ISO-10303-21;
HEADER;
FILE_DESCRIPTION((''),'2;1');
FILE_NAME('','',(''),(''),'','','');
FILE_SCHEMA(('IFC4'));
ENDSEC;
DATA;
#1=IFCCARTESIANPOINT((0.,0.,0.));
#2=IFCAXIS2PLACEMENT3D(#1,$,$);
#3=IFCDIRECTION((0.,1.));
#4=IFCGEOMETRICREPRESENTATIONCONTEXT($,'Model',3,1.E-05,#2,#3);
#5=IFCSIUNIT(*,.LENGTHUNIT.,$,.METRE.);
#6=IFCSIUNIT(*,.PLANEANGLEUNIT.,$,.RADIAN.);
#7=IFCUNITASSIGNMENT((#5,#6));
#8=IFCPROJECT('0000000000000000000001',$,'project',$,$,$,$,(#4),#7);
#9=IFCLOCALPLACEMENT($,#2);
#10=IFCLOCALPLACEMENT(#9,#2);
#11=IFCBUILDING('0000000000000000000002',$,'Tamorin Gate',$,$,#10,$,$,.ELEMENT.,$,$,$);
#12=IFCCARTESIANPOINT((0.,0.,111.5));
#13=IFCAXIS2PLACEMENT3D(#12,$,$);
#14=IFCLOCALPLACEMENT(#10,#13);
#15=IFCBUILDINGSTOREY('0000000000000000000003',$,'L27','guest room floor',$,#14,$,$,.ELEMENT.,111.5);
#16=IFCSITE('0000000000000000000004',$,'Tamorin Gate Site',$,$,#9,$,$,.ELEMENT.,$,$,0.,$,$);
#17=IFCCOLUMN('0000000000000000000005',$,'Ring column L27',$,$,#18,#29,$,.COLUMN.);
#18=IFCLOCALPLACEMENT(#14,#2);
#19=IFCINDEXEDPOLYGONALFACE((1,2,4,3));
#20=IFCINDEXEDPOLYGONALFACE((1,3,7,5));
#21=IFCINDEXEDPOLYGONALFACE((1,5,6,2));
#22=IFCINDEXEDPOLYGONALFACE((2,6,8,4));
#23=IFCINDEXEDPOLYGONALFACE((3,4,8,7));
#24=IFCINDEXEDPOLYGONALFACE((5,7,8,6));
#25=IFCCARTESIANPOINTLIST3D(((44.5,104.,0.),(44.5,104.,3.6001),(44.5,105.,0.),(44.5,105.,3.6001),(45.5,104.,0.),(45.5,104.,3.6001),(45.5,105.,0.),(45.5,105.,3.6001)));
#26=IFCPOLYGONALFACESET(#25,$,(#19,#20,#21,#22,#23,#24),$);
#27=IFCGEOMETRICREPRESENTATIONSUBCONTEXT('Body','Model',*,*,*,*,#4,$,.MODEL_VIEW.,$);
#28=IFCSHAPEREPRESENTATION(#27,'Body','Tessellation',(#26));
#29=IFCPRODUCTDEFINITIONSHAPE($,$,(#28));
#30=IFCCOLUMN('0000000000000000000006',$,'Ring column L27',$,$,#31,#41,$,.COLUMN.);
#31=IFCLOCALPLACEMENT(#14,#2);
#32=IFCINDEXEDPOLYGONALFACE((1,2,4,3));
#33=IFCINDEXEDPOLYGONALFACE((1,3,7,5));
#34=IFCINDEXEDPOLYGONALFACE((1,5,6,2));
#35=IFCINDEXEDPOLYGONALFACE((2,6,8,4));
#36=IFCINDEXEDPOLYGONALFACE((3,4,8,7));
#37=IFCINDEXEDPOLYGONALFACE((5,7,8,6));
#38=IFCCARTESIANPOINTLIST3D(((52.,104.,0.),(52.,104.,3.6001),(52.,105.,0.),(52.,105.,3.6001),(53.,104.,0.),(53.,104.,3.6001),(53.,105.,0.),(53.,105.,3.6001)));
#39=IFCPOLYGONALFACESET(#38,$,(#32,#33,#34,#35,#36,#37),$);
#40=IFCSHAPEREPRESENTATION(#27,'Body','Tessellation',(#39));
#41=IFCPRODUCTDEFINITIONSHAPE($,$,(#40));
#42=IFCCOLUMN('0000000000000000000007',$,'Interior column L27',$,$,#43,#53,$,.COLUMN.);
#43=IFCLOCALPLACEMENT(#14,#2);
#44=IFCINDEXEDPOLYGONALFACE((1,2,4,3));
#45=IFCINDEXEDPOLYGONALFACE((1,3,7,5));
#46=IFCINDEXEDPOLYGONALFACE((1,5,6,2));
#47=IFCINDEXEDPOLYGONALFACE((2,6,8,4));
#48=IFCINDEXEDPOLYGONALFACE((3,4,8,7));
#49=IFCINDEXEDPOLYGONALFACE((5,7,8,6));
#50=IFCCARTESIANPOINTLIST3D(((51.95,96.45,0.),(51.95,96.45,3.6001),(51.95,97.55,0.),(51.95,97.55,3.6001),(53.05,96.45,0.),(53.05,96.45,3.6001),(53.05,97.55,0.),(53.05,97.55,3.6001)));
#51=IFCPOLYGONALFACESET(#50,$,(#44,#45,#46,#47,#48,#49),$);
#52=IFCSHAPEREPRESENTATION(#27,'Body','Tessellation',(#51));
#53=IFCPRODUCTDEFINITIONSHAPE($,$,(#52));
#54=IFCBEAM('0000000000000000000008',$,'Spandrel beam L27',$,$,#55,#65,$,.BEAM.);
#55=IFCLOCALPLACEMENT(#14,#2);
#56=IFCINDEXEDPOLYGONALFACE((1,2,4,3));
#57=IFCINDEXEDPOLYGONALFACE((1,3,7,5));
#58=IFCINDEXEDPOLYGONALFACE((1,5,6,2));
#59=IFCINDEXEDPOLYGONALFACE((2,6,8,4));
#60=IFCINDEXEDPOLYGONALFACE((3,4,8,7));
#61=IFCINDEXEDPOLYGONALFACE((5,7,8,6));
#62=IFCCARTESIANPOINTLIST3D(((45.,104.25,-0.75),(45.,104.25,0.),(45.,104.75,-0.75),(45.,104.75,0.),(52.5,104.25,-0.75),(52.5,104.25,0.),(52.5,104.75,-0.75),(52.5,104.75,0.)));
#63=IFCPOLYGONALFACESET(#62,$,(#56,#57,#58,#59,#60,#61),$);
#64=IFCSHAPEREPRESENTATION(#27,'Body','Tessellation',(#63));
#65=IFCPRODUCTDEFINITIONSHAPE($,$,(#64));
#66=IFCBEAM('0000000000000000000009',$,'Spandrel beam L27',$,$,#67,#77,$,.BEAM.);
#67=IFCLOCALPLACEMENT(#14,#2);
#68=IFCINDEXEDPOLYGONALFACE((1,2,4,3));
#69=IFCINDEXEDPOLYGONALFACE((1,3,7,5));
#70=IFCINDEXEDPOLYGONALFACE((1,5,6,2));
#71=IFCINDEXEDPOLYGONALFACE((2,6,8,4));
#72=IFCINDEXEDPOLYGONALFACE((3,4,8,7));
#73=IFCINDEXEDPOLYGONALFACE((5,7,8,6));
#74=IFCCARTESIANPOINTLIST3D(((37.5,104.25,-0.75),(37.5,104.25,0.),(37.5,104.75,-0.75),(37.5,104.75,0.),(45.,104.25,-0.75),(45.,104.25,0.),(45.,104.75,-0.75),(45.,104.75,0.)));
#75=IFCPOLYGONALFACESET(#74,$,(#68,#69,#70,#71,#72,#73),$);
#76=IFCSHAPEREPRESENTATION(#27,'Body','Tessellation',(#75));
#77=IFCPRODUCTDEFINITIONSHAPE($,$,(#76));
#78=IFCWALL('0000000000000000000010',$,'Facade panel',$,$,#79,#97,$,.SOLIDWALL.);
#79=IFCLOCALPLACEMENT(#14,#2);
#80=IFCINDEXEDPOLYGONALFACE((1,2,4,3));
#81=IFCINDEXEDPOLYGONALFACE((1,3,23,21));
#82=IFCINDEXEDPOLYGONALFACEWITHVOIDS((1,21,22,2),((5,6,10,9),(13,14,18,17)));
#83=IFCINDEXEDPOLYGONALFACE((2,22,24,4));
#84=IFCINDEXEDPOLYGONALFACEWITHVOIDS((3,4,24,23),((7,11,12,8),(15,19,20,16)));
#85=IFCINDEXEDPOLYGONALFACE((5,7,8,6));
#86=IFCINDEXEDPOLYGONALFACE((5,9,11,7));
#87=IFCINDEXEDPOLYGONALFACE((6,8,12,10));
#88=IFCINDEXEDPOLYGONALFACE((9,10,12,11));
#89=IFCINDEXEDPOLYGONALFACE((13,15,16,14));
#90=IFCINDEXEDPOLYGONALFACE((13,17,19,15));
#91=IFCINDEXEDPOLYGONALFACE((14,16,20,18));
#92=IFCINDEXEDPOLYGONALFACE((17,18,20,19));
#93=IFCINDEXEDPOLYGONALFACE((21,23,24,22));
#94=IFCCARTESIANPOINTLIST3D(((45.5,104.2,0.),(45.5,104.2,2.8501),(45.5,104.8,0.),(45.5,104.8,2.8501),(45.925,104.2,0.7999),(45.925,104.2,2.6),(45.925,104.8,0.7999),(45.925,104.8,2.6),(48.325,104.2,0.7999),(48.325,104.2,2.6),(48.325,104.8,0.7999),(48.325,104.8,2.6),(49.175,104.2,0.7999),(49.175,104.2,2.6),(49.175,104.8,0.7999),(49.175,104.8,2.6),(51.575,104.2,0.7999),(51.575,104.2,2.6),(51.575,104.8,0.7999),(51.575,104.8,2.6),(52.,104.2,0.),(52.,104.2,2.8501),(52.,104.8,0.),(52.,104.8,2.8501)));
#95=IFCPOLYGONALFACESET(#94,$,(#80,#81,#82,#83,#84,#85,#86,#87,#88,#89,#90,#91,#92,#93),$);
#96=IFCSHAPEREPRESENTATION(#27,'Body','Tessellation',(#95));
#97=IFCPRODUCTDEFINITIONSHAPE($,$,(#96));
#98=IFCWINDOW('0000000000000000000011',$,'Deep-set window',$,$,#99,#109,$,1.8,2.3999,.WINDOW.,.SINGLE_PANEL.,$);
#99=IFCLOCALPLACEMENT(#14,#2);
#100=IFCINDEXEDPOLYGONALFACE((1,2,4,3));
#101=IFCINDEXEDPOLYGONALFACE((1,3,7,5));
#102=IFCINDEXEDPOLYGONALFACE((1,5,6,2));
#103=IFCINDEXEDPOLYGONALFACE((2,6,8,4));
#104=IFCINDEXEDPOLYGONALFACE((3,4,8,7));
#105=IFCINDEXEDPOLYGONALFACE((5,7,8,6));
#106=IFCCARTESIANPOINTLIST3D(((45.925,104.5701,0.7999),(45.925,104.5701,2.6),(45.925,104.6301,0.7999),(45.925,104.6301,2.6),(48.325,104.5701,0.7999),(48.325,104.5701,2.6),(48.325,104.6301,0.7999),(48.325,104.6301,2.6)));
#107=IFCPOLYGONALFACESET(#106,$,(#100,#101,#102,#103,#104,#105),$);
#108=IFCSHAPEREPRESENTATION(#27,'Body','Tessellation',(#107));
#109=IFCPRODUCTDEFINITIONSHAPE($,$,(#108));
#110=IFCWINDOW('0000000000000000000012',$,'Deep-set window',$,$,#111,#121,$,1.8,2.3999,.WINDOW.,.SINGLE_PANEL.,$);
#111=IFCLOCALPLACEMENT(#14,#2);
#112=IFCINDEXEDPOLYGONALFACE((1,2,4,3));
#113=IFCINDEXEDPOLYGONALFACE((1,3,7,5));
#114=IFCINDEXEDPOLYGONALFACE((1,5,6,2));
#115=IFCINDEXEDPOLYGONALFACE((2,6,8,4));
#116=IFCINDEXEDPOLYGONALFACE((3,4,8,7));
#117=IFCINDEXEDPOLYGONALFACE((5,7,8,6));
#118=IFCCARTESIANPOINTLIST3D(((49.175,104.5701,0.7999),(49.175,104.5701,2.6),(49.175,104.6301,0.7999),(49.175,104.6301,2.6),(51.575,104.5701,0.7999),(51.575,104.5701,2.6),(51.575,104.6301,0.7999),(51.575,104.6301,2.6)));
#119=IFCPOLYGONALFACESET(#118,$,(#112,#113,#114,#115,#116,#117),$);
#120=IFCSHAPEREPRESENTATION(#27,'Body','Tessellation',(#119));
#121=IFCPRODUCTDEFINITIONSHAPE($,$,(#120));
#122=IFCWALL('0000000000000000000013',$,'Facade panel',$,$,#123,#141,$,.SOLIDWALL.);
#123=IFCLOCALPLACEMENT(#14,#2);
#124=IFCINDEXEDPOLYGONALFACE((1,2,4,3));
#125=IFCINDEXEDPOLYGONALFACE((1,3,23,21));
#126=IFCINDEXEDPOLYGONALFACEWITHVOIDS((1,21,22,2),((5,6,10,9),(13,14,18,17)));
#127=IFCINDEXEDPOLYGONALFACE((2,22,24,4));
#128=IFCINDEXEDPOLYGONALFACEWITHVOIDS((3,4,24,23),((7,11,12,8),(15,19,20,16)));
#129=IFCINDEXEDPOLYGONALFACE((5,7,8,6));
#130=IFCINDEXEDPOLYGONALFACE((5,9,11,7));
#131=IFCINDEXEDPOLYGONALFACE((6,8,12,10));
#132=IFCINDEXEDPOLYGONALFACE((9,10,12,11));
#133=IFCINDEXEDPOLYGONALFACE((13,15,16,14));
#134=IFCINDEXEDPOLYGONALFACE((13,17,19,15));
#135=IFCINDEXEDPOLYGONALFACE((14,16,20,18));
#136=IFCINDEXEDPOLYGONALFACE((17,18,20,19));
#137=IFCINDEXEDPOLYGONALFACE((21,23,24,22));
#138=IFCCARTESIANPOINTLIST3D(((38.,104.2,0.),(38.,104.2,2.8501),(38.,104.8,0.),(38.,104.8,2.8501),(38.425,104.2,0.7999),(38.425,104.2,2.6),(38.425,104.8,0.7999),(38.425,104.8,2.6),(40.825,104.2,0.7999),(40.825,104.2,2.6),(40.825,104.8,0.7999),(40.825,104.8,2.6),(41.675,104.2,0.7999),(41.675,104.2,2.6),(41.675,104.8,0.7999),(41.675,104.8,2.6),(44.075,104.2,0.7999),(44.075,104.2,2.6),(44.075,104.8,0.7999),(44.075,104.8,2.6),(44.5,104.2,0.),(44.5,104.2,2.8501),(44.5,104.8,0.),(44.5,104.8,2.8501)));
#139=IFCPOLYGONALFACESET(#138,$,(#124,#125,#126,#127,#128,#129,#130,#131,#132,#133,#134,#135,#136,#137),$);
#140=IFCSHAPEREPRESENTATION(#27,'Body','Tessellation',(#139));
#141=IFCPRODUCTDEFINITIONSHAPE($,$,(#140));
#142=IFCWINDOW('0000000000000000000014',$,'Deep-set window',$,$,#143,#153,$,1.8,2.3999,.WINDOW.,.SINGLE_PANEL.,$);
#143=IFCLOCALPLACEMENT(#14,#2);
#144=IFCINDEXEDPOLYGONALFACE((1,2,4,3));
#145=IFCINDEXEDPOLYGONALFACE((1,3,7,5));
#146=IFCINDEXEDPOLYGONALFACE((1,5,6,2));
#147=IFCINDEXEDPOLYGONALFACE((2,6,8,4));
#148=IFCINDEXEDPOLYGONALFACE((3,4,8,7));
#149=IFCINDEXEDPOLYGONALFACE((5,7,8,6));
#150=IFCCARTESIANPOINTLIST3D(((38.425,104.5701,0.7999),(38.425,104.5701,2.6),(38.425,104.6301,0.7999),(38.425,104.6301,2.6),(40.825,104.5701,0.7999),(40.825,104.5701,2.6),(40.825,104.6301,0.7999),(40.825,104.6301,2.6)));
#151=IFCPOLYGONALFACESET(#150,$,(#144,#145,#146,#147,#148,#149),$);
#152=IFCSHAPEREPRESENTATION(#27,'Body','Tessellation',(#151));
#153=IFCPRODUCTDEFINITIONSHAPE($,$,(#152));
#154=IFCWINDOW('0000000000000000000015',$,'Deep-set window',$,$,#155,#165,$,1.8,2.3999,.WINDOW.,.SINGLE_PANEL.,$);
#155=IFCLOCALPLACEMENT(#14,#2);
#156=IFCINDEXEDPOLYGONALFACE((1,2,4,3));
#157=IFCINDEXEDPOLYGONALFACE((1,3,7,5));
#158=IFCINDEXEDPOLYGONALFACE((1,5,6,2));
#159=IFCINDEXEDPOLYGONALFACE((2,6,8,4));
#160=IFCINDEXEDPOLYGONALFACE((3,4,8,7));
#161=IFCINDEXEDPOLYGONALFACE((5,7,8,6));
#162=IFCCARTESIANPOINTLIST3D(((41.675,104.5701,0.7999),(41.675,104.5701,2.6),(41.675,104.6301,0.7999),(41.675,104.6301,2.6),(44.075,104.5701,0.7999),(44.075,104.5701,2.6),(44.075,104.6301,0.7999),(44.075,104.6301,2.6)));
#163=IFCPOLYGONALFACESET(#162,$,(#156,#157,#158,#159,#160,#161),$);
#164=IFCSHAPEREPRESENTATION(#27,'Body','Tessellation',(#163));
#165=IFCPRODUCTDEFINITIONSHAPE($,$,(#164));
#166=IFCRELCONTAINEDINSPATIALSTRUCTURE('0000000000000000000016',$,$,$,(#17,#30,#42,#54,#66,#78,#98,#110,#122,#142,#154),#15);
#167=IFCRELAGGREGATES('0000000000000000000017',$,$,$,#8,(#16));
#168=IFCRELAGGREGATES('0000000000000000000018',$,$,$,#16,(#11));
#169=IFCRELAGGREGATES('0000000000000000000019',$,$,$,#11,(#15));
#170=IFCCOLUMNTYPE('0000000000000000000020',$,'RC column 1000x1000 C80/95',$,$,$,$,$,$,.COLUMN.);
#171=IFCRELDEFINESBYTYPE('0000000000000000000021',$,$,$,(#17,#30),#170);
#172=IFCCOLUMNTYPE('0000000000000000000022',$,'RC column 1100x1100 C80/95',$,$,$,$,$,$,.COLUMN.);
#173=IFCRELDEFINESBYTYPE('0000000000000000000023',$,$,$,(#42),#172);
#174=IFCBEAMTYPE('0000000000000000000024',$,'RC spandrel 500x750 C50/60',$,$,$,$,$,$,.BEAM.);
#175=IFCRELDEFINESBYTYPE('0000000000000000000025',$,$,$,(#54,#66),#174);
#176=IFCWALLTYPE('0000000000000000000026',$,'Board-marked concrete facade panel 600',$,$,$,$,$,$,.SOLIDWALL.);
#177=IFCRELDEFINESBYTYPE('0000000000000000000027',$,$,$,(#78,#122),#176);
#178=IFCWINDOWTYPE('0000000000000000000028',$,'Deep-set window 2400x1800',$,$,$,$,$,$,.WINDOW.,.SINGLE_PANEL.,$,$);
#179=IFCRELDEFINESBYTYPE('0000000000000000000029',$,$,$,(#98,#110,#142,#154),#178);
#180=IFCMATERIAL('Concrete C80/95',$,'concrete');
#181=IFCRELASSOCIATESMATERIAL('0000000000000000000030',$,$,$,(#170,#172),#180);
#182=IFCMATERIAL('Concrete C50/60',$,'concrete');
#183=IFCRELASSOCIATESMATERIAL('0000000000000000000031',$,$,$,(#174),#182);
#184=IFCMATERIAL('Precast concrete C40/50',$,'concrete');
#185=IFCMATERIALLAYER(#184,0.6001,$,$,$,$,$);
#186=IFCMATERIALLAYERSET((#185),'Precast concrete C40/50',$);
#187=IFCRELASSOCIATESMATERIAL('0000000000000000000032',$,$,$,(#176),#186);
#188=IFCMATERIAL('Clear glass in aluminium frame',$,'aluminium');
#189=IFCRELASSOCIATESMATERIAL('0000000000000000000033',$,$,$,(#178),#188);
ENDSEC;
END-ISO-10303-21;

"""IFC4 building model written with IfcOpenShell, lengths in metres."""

from ifc_helpers import new_model, si_unit, direction, frame, frame_2d, origin, origin_2d, place, context, subcontext, project, spatial, rectangle, extrude, material, layer, layer_set, material_profile, profile_set, type_object, element, fill, save


model = new_model("IFC4")

# Units and contexts
model_context = context("Model", 3, precision=1e-05, world=origin(), true_north=direction((0.0, 1.0)))
body_context = subcontext(model_context, "Body", "Model", "MODEL_VIEW")
ifc_project = project(units=[si_unit("LENGTHUNIT", "METRE"), si_unit("PLANEANGLEUNIT", "RADIAN")], contexts=[model_context])

# Site, building, storey
site_placement = place(None, origin())
site = spatial("IfcSite", under=ifc_project, at=site_placement, Name="Tamorin Gate Site", CompositionType="ELEMENT", RefElevation=0.0)
building_placement = place(site_placement, origin())
building = spatial("IfcBuilding", under=site, at=building_placement, Name="Tamorin Gate", CompositionType="ELEMENT")
storey_placement = place(building_placement, frame((0.0, 0.0, 111.5)))
storey = spatial("IfcBuildingStorey", under=building, at=storey_placement, Name="L27", Description="guest room floor", CompositionType="ELEMENT", Elevation=111.5)

# Columns
ifc_material_1 = material(Name="Concrete C80/95", Category="concrete")
ifc_material_profile_1 = material_profile(ifc_material_1, rectangle(XDim=1.0, YDim=1.0, at=origin_2d()), Name="RC 1000x1000")
ifc_profile_set_1 = profile_set([ifc_material_profile_1], Name="Concrete C80/95")
column_type_1 = type_object("IfcColumnType", Name="RC column 1000x1000 C80/95", PredefinedType="COLUMN", material=ifc_profile_set_1)
for number, where, z_axis, x_axis, name in (
    (1, (45.0, 104.5, 0.0), (0.0, 0.0, 1.0), (1.0, 0.0, 0.0), "Ring column L27"),
    (2, (52.5, 104.5, 0.0), (0.0, 0.0, 1.0), (1.0, 0.0, 0.0), "Ring column L27"),
):
    element("IfcColumn", number, at=place(storey_placement, frame(where, z_axis=z_axis, x_axis=x_axis)), inside=storey, type_object=column_type_1, Name=name, PredefinedType="COLUMN", context=body_context, shape_type="SweptSolid", body=[
        extrude(rectangle(XDim=1.0, YDim=1.0, at=origin_2d()), origin(), (0.0, 0.0, 1.0), 3.6001),
    ])
ifc_material_profile_2 = material_profile(ifc_material_1, rectangle(XDim=1.1001, YDim=1.1001, at=origin_2d()), Name="RC 1100x1100")
ifc_profile_set_2 = profile_set([ifc_material_profile_2], Name="Concrete C80/95")
column_type_2 = type_object("IfcColumnType", Name="RC column 1100x1100 C80/95", PredefinedType="COLUMN", material=ifc_profile_set_2)
column_placement = place(storey_placement, frame((52.5, 97.0, 0.0), z_axis=(0.0, 0.0, 1.0), x_axis=(1.0, 0.0, 0.0)))
element("IfcColumn", 3, at=column_placement, inside=storey, type_object=column_type_2, Name="Interior column L27", PredefinedType="COLUMN", context=body_context, shape_type="SweptSolid", body=[
    extrude(rectangle(XDim=1.1001, YDim=1.1001, at=origin_2d()), origin(), (0.0, 0.0, 1.0), 3.6001),
])

# Beams
ifc_material_2 = material(Name="Concrete C50/60", Category="concrete")
ifc_material_profile_3 = material_profile(ifc_material_2, rectangle(XDim=0.5, YDim=0.75, at=origin_2d()), Name="RC 500x750")
ifc_profile_set_3 = profile_set([ifc_material_profile_3], Name="Concrete C50/60")
beam_type = type_object("IfcBeamType", Name="RC spandrel 500x750 C50/60", PredefinedType="BEAM", material=ifc_profile_set_3)
for number, where, z_axis, x_axis, name in (
    (4, (52.5, 104.5, -0.375), (-1.0, 0.0, 0.0), (0.0, -1.0, 0.0), "Spandrel beam L27"),
    (5, (45.0, 104.5, -0.375), (-1.0, 0.0, 0.0), (0.0, -1.0, 0.0), "Spandrel beam L27"),
):
    element("IfcBeam", number, at=place(storey_placement, frame(where, z_axis=z_axis, x_axis=x_axis)), inside=storey, type_object=beam_type, Name=name, PredefinedType="BEAM", context=body_context, shape_type="SweptSolid", body=[
        extrude(rectangle(XDim=0.5, YDim=0.75, at=origin_2d()), origin(), (0.0, 0.0, 1.0), 7.5),
    ])

# Walls, openings, windows
ifc_material_3 = material(Name="Precast concrete C40/50", Category="concrete")
ifc_layer_1 = layer(ifc_material_3, 0.6001)
ifc_layer_set_1 = layer_set([ifc_layer_1], Name="Precast concrete C40/50")
wall_type_1 = type_object("IfcWallType", Name="Board-marked concrete facade panel 600", PredefinedType="SOLIDWALL", material=ifc_layer_set_1)
wall_1_placement = place(storey_placement, frame((52.0, 104.5, 0.0), z_axis=(0.0, 0.0, 1.0), x_axis=(-1.0, 0.0, 0.0)))
wall_1 = element("IfcWall", 6, at=wall_1_placement, inside=storey, type_object=wall_type_1, Name="Facade panel", PredefinedType="SOLIDWALL", context=body_context, shape_type="SweptSolid", body=[
    extrude(rectangle(XDim=6.5, YDim=0.6001, at=frame_2d((3.25, 0.0))), origin(), (0.0, 0.0, 1.0), 2.8501),
])
opening_1_placement = place(wall_1_placement, frame((3.675, 0.0, 0.8)))
opening_1 = element("IfcOpeningElement", 7, at=opening_1_placement, cuts=wall_1, PredefinedType="OPENING", context=body_context, shape_type="SweptSolid", body=[
    extrude(rectangle(XDim=2.3999, YDim=1.8, at=frame_2d((1.2, 0.8999))), frame((0.0, 0.3101, 0.0), z_axis=(0.0, -1.0, 0.0), x_axis=(1.0, 0.0, 0.0)), (0.0, 0.0, 1.0), 0.6201),
])
opening_2_placement = place(wall_1_placement, frame((0.425, 0.0, 0.8)))
opening_2 = element("IfcOpeningElement", 8, at=opening_2_placement, cuts=wall_1, PredefinedType="OPENING", context=body_context, shape_type="SweptSolid", body=[
    extrude(rectangle(XDim=2.3999, YDim=1.8, at=frame_2d((1.2, 0.8999))), frame((0.0, 0.3101, 0.0), z_axis=(0.0, -1.0, 0.0), x_axis=(1.0, 0.0, 0.0)), (0.0, 0.0, 1.0), 0.6201),
])
ifc_material_4 = material(Name="Clear glass in aluminium frame", Category="aluminium")
window_type = type_object("IfcWindowType", Name="Deep-set window 2400x1800", PartitioningType="SINGLE_PANEL", PredefinedType="WINDOW", material=ifc_material_4)
window_1_placement = place(opening_1_placement, origin())
window_1 = element("IfcWindow", 9, at=window_1_placement, inside=storey, type_object=window_type, Name="Deep-set window", OverallHeight=1.8, OverallWidth=2.3999, PartitioningType="SINGLE_PANEL", PredefinedType="WINDOW", context=body_context, shape_type="SweptSolid", body=[
    extrude(rectangle(XDim=2.3999, YDim=1.8, at=frame_2d((1.2, 0.8999))), frame((0.0, -0.0701, 0.0), z_axis=(0.0, -1.0, 0.0), x_axis=(1.0, 0.0, 0.0)), (0.0, 0.0, 1.0), 0.0601),
])
fill(opening_1, window_1)
window_2_placement = place(opening_2_placement, origin())
window_2 = element("IfcWindow", 10, at=window_2_placement, inside=storey, type_object=window_type, Name="Deep-set window", OverallHeight=1.8, OverallWidth=2.3999, PartitioningType="SINGLE_PANEL", PredefinedType="WINDOW", context=body_context, shape_type="SweptSolid", body=[
    extrude(rectangle(XDim=2.3999, YDim=1.8, at=frame_2d((1.2, 0.8999))), frame((0.0, -0.0701, 0.0), z_axis=(0.0, -1.0, 0.0), x_axis=(1.0, 0.0, 0.0)), (0.0, 0.0, 1.0), 0.0601),
])
fill(opening_2, window_2)
wall_2_placement = place(storey_placement, frame((44.5, 104.5, 0.0), z_axis=(0.0, 0.0, 1.0), x_axis=(-1.0, 0.0, 0.0)))
wall_2 = element("IfcWall", 11, at=wall_2_placement, inside=storey, type_object=wall_type_1, Name="Facade panel", PredefinedType="SOLIDWALL", context=body_context, shape_type="SweptSolid", body=[
    extrude(rectangle(XDim=6.5, YDim=0.6001, at=frame_2d((3.25, 0.0))), origin(), (0.0, 0.0, 1.0), 2.8501),
])
opening_3_placement = place(wall_2_placement, frame((3.675, 0.0, 0.8)))
opening_3 = element("IfcOpeningElement", 12, at=opening_3_placement, cuts=wall_2, PredefinedType="OPENING", context=body_context, shape_type="SweptSolid", body=[
    extrude(rectangle(XDim=2.3999, YDim=1.8, at=frame_2d((1.2, 0.8999))), frame((0.0, 0.3101, 0.0), z_axis=(0.0, -1.0, 0.0), x_axis=(1.0, 0.0, 0.0)), (0.0, 0.0, 1.0), 0.6201),
])
opening_4_placement = place(wall_2_placement, frame((0.425, 0.0, 0.8)))
opening_4 = element("IfcOpeningElement", 13, at=opening_4_placement, cuts=wall_2, PredefinedType="OPENING", context=body_context, shape_type="SweptSolid", body=[
    extrude(rectangle(XDim=2.3999, YDim=1.8, at=frame_2d((1.2, 0.8999))), frame((0.0, 0.3101, 0.0), z_axis=(0.0, -1.0, 0.0), x_axis=(1.0, 0.0, 0.0)), (0.0, 0.0, 1.0), 0.6201),
])
window_3_placement = place(opening_3_placement, origin())
window_3 = element("IfcWindow", 14, at=window_3_placement, inside=storey, type_object=window_type, Name="Deep-set window", OverallHeight=1.8, OverallWidth=2.3999, PartitioningType="SINGLE_PANEL", PredefinedType="WINDOW", context=body_context, shape_type="SweptSolid", body=[
    extrude(rectangle(XDim=2.3999, YDim=1.8, at=frame_2d((1.2, 0.8999))), frame((0.0, -0.0701, 0.0), z_axis=(0.0, -1.0, 0.0), x_axis=(1.0, 0.0, 0.0)), (0.0, 0.0, 1.0), 0.0601),
])
fill(opening_3, window_3)
window_4_placement = place(opening_4_placement, origin())
window_4 = element("IfcWindow", 15, at=window_4_placement, inside=storey, type_object=window_type, Name="Deep-set window", OverallHeight=1.8, OverallWidth=2.3999, PartitioningType="SINGLE_PANEL", PredefinedType="WINDOW", context=body_context, shape_type="SweptSolid", body=[
    extrude(rectangle(XDim=2.3999, YDim=1.8, at=frame_2d((1.2, 0.8999))), frame((0.0, -0.0701, 0.0), z_axis=(0.0, -1.0, 0.0), x_axis=(1.0, 0.0, 0.0)), (0.0, 0.0, 1.0), 0.0601),
])
fill(opening_4, window_4)

save(model, "model.ifc")
